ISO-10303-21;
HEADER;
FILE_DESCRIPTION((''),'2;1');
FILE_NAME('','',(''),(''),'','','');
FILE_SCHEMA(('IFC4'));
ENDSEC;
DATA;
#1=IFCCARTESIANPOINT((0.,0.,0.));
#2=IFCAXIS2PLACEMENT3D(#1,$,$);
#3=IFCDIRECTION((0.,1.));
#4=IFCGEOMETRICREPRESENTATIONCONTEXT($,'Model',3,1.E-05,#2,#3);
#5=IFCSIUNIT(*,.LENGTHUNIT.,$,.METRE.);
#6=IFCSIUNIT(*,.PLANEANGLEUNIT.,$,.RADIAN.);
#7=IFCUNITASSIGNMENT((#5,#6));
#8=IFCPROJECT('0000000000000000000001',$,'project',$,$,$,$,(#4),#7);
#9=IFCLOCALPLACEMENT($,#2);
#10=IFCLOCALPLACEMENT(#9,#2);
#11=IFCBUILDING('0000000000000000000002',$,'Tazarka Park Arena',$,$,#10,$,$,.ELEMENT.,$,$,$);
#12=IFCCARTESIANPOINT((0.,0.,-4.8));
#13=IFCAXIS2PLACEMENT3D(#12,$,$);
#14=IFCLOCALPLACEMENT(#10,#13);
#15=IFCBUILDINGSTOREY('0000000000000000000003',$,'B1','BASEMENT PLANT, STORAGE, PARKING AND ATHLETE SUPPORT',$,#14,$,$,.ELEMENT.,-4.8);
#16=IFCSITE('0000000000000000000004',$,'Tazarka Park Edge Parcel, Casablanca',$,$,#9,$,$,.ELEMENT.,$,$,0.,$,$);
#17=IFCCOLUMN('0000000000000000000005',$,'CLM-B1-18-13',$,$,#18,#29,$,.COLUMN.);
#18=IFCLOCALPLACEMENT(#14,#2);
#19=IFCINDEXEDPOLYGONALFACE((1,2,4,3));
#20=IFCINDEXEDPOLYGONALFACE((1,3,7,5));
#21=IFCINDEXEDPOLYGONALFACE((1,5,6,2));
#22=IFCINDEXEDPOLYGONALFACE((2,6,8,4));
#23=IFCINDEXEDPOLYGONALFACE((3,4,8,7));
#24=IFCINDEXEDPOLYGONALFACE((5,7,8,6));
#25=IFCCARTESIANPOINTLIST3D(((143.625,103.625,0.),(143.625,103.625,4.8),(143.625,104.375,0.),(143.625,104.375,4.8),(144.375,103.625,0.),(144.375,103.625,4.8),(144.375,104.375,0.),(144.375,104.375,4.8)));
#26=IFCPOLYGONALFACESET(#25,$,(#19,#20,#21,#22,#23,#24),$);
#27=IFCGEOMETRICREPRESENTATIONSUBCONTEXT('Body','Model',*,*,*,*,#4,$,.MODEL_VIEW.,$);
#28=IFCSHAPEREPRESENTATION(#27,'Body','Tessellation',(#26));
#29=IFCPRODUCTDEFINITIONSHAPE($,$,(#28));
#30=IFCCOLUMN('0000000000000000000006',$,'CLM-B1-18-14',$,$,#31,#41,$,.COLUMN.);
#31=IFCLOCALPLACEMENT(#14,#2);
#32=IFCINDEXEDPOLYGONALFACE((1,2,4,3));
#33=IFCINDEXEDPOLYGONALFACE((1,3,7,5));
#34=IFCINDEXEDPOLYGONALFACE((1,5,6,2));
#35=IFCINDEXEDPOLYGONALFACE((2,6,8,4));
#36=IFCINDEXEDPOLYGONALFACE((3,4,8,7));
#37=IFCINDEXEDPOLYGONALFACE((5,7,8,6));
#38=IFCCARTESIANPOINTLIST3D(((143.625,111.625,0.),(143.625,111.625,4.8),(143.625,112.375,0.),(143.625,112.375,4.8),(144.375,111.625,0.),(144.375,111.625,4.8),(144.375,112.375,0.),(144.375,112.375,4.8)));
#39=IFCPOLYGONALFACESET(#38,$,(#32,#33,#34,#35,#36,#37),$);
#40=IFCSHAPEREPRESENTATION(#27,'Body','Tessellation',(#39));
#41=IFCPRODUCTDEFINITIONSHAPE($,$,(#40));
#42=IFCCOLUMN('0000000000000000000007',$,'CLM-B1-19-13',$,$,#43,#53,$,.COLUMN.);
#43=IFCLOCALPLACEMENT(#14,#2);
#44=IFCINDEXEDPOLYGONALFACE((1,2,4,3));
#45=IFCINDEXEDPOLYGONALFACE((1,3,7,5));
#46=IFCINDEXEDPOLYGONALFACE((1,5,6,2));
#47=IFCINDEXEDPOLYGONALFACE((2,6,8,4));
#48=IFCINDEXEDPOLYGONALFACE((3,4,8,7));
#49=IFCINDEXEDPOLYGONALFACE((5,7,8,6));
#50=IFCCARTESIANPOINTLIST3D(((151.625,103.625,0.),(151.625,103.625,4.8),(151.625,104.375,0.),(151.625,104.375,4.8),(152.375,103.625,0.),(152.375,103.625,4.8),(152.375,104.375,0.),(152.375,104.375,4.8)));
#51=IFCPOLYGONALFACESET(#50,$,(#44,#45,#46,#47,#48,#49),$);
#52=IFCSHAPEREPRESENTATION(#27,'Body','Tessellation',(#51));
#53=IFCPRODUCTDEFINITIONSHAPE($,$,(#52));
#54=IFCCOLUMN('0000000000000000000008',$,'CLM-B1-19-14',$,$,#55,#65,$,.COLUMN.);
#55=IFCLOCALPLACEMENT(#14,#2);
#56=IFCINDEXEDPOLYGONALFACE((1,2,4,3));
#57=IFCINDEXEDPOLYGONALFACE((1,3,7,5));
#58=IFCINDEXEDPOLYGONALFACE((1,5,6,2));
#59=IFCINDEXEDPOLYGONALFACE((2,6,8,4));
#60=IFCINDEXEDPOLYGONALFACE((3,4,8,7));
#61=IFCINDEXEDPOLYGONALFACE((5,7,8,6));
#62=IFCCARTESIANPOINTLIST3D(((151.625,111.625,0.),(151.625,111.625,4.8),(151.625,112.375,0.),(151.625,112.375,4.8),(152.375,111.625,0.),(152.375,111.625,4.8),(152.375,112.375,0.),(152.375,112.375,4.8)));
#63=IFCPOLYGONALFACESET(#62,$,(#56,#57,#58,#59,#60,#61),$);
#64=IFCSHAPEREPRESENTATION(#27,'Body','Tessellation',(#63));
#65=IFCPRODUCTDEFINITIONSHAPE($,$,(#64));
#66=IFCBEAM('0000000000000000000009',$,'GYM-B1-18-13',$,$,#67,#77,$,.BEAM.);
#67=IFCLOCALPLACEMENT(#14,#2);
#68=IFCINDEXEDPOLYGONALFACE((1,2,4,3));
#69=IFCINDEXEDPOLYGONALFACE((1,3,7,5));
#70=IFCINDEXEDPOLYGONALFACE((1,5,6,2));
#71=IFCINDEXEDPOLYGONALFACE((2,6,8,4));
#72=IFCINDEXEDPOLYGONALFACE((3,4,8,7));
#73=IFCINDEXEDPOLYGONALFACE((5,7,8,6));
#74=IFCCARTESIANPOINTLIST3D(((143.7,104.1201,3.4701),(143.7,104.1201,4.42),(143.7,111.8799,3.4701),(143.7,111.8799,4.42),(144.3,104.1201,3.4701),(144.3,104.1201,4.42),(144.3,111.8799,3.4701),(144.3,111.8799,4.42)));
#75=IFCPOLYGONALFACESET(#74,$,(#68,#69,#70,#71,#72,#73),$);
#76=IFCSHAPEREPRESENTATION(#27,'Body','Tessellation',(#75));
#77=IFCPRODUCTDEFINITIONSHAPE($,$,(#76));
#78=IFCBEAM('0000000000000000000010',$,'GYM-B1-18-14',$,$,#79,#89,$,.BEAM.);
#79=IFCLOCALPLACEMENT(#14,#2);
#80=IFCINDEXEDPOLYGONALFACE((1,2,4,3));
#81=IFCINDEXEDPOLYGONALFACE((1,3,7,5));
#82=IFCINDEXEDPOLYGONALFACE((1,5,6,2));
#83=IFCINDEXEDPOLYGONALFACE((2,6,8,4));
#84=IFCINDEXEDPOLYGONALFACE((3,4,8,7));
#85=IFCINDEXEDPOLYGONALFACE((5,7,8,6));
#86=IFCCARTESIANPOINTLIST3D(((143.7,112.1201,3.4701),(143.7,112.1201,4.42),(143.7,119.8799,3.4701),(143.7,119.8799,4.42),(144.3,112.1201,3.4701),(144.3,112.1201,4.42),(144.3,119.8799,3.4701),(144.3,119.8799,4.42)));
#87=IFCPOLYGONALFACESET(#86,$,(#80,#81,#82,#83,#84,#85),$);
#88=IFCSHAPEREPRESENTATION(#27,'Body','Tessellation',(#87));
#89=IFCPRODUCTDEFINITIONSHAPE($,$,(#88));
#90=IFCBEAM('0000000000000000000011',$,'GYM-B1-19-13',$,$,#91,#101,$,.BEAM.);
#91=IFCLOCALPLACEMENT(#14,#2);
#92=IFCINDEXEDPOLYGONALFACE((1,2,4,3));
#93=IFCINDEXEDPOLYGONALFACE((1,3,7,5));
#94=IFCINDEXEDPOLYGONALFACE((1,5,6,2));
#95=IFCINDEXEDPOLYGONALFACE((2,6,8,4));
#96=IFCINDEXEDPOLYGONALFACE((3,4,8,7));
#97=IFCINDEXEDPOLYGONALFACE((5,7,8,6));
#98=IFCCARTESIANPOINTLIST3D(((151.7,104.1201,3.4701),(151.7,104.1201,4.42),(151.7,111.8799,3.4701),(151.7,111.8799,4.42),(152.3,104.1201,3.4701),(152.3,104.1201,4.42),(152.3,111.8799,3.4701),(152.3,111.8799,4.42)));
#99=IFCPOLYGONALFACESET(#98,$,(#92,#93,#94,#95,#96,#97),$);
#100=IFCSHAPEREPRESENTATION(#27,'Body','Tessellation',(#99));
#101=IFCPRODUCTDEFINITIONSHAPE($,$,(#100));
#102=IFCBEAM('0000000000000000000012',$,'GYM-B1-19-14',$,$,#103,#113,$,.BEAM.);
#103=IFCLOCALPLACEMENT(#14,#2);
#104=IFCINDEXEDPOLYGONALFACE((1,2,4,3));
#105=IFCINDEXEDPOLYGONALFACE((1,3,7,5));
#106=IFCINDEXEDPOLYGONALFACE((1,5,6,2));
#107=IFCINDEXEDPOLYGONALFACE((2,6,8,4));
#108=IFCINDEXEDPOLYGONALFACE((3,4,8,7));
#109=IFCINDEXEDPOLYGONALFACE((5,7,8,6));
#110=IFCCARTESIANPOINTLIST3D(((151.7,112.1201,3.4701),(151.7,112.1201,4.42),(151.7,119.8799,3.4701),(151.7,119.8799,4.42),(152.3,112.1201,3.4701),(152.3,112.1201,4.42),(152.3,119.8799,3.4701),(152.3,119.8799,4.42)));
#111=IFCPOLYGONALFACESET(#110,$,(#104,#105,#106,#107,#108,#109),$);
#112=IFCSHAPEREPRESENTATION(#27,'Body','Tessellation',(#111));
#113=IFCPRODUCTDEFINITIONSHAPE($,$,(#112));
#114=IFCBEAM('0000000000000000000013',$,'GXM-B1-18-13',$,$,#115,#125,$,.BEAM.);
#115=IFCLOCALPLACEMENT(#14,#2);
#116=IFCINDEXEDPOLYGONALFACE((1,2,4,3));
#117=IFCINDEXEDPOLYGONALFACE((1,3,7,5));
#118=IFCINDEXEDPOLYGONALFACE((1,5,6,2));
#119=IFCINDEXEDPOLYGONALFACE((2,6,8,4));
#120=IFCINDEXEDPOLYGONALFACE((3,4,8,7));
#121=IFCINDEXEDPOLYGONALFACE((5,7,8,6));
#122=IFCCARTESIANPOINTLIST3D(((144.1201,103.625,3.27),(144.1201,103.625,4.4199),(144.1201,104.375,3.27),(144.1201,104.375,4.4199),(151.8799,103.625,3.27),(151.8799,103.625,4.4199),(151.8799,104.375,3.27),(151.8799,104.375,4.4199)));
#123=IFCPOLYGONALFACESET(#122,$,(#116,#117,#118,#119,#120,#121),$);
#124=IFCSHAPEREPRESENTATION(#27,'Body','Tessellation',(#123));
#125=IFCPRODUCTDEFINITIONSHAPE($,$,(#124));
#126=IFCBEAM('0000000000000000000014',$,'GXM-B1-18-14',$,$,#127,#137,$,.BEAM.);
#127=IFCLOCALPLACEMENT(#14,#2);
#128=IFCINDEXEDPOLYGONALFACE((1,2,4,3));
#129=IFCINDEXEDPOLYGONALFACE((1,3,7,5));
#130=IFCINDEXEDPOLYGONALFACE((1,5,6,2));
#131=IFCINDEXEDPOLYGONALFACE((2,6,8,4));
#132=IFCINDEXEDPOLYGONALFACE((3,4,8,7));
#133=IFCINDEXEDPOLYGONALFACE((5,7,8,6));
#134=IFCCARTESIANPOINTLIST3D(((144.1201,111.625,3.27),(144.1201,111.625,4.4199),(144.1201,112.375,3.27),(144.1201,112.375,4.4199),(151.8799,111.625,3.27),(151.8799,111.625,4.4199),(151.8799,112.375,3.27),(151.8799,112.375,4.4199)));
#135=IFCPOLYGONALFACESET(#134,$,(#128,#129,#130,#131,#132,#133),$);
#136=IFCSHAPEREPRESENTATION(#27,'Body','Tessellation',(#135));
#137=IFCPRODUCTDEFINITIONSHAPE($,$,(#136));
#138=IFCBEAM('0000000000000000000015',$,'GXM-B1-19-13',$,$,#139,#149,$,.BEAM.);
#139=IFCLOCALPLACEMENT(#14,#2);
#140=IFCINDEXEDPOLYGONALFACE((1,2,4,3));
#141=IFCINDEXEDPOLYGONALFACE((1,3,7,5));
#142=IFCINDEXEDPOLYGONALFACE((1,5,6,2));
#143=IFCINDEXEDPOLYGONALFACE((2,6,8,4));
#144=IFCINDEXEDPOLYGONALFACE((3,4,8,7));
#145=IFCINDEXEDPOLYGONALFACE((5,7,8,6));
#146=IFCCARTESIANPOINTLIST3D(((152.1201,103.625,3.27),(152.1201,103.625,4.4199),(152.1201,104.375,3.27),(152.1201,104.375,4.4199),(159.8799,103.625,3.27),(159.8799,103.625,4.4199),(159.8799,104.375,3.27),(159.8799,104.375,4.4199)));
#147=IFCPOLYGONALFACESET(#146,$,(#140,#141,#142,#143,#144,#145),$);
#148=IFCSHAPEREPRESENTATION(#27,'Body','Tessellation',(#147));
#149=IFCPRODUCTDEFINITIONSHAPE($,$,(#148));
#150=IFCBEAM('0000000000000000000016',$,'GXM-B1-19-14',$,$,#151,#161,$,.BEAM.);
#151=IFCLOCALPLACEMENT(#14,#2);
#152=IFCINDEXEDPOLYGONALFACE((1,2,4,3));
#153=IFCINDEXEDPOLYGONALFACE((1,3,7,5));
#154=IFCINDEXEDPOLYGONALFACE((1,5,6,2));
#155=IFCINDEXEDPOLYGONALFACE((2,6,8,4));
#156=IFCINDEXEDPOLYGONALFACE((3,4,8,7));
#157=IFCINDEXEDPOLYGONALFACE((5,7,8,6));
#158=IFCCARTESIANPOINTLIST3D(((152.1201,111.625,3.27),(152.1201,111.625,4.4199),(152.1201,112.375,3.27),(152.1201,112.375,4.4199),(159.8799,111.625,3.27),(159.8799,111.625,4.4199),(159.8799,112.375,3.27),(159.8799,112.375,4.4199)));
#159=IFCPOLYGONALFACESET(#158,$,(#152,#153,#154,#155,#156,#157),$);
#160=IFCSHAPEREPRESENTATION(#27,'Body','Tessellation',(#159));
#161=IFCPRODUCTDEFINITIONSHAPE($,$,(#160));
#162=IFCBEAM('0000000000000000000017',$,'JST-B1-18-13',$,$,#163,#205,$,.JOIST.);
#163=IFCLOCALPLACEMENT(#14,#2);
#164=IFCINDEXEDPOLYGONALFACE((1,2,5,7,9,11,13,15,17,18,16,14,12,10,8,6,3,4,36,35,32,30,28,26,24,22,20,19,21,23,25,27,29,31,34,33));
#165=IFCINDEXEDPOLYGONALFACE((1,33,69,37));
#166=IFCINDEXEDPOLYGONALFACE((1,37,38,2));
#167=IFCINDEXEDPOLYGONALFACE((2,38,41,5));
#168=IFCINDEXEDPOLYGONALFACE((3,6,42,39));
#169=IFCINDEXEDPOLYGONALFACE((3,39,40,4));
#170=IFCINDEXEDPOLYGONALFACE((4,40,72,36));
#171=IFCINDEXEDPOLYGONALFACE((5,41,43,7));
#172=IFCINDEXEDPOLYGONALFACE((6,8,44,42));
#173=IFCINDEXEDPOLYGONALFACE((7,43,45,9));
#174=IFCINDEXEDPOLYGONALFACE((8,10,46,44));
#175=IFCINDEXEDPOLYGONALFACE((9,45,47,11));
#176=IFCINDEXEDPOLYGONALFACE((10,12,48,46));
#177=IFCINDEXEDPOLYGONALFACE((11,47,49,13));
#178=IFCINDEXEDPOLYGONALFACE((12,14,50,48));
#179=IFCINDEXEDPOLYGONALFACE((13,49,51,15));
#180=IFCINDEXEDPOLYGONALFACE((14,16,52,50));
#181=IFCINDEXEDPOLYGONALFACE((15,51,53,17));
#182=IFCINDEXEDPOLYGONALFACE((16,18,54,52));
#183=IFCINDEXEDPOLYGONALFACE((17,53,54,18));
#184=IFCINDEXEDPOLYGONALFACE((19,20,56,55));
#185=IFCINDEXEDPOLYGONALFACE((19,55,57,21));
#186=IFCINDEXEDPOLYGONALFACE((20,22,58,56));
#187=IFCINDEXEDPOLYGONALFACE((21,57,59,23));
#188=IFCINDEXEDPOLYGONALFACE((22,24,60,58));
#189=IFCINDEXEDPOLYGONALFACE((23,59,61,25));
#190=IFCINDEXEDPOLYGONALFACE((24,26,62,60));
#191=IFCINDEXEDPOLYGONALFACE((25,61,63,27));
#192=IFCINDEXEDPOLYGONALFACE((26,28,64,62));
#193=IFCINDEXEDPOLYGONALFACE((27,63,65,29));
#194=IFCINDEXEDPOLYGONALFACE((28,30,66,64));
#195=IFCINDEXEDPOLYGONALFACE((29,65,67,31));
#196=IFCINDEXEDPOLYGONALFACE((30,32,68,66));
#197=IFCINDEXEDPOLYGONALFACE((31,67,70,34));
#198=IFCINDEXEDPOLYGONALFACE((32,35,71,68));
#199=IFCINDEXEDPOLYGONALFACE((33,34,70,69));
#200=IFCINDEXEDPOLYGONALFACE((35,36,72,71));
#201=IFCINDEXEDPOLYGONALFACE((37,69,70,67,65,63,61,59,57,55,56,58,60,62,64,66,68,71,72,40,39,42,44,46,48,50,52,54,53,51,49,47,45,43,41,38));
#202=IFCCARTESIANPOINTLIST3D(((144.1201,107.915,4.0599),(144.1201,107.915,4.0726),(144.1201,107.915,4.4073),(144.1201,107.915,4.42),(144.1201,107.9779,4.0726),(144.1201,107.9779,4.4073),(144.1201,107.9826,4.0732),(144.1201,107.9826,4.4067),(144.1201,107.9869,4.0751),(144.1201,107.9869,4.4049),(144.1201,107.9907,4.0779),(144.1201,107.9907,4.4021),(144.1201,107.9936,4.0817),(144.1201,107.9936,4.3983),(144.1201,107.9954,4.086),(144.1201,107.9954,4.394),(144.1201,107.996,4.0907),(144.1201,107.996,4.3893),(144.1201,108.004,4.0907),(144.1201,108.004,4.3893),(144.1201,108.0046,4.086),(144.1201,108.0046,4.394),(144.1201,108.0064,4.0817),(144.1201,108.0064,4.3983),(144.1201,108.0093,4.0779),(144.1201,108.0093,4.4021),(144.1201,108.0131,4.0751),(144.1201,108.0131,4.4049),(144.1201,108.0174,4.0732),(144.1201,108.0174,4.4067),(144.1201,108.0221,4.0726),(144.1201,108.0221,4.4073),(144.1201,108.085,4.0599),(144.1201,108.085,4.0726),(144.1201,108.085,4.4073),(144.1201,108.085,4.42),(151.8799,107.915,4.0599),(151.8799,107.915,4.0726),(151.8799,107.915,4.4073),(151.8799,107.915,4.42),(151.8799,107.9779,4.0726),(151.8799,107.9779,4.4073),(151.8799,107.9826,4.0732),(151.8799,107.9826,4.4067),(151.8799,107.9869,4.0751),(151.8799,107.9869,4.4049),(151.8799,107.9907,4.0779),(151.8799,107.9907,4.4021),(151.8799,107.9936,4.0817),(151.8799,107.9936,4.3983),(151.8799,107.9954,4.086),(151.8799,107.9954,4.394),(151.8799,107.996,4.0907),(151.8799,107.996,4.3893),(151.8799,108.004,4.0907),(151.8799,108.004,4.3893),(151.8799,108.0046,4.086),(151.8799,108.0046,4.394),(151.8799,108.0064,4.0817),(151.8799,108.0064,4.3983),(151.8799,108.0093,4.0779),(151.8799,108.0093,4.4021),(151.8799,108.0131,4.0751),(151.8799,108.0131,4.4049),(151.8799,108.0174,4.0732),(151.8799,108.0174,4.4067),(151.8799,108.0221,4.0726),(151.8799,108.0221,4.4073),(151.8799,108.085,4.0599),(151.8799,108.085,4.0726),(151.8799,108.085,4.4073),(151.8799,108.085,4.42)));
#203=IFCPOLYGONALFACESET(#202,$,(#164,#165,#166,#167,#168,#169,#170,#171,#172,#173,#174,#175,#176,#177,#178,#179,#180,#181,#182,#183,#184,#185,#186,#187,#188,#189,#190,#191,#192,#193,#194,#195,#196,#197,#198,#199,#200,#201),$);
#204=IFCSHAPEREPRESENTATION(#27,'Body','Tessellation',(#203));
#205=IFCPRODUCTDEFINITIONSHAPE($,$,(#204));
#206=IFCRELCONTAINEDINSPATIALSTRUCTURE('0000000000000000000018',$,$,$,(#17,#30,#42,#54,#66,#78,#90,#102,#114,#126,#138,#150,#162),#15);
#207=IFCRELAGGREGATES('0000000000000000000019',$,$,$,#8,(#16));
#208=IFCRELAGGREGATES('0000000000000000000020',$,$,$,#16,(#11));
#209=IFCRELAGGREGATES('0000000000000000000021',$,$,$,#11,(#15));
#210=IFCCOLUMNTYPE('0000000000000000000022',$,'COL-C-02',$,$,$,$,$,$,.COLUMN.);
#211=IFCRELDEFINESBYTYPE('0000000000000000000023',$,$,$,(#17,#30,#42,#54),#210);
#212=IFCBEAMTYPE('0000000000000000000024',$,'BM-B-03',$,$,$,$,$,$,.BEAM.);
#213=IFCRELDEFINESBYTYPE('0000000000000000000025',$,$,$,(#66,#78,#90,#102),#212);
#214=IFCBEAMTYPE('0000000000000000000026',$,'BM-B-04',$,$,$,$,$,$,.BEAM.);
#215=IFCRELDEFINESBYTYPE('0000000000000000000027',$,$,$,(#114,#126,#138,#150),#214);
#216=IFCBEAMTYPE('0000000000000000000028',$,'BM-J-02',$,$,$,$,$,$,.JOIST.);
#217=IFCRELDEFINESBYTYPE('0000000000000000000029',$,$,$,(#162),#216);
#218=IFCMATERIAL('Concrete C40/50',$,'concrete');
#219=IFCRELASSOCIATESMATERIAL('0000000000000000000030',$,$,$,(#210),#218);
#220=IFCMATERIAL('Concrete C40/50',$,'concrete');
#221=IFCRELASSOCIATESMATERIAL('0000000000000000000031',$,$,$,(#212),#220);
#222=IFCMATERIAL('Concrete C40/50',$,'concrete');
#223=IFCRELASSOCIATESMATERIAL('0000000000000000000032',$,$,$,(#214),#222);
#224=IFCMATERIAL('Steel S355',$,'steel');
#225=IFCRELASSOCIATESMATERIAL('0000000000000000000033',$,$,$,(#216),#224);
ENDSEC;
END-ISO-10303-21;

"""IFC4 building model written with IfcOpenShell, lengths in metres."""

from ifc_helpers import new_model, si_unit, direction, frame, origin, origin_2d, place, context, subcontext, project, spatial, rectangle, i_section, extrude, material, material_profile, profile_set, type_object, element, save


model = new_model("IFC4")

# Units and contexts
model_context = context("Model", 3, precision=1e-05, world=origin(), true_north=direction((0.0, 1.0)))
body_context = subcontext(model_context, "Body", "Model", "MODEL_VIEW")
ifc_project = project(units=[si_unit("LENGTHUNIT", "METRE"), si_unit("PLANEANGLEUNIT", "RADIAN")], contexts=[model_context])

# Site, building, storey
site_placement = place(None, origin())
site = spatial("IfcSite", under=ifc_project, at=site_placement, Name="Tazarka Park Edge Parcel, Casablanca", CompositionType="ELEMENT", RefElevation=0.0)
building_placement = place(site_placement, origin())
building = spatial("IfcBuilding", under=site, at=building_placement, Name="Tazarka Park Arena", CompositionType="ELEMENT")
storey_placement = place(building_placement, frame((0.0, 0.0, -4.8)))
storey = spatial("IfcBuildingStorey", under=building, at=storey_placement, Name="B1", Description="BASEMENT PLANT, STORAGE, PARKING AND ATHLETE SUPPORT", CompositionType="ELEMENT", Elevation=-4.8)

# Columns
ifc_material_1 = material(Name="Concrete C40/50", Category="concrete")
ifc_material_profile_1 = material_profile(ifc_material_1, rectangle(XDim=0.75, YDim=0.75, at=origin_2d()), Name="Concrete C40/50")
ifc_profile_set_1 = profile_set([ifc_material_profile_1], Name="Concrete C40/50")
column_type = type_object("IfcColumnType", Name="COL-C-02", PredefinedType="COLUMN", material=ifc_profile_set_1)
for number, where, z_axis, x_axis, name in (
    (1, (144.0, 104.0, 0.0), (0.0, 0.0, 1.0), (1.0, 0.0, 0.0), "CLM-B1-18-13"),
    (2, (144.0, 112.0, 0.0), (0.0, 0.0, 1.0), (1.0, 0.0, 0.0), "CLM-B1-18-14"),
    (3, (152.0, 104.0, 0.0), (0.0, 0.0, 1.0), (1.0, 0.0, 0.0), "CLM-B1-19-13"),
    (4, (152.0, 112.0, 0.0), (0.0, 0.0, 1.0), (1.0, 0.0, 0.0), "CLM-B1-19-14"),
):
    element("IfcColumn", number, at=place(storey_placement, frame(where, z_axis=z_axis, x_axis=x_axis)), inside=storey, type_object=column_type, Name=name, PredefinedType="COLUMN", context=body_context, shape_type="SweptSolid", body=[
        extrude(rectangle(XDim=0.75, YDim=0.75, at=origin_2d()), origin(), (0.0, 0.0, 1.0), 4.8),
    ])

# Beams
ifc_material_2 = material(Name="Concrete C40/50", Category="concrete")
ifc_material_profile_2 = material_profile(ifc_material_2, rectangle(XDim=0.6001, YDim=0.95, at=origin_2d()), Name="Concrete C40/50")
ifc_profile_set_2 = profile_set([ifc_material_profile_2], Name="Concrete C40/50")
beam_type_1 = type_object("IfcBeamType", Name="BM-B-03", PredefinedType="BEAM", material=ifc_profile_set_2)
for number, where, z_axis, x_axis, name in (
    (5, (144.0, 104.1201, 3.9451), (0.0, 1.0, 0.0), (-1.0, 0.0, 0.0), "GYM-B1-18-13"),
    (6, (144.0, 112.1201, 3.9451), (0.0, 1.0, 0.0), (-1.0, 0.0, 0.0), "GYM-B1-18-14"),
    (7, (152.0, 104.1201, 3.9451), (0.0, 1.0, 0.0), (-1.0, 0.0, 0.0), "GYM-B1-19-13"),
    (8, (152.0, 112.1201, 3.9451), (0.0, 1.0, 0.0), (-1.0, 0.0, 0.0), "GYM-B1-19-14"),
):
    element("IfcBeam", number, at=place(storey_placement, frame(where, z_axis=z_axis, x_axis=x_axis)), inside=storey, type_object=beam_type_1, Name=name, PredefinedType="BEAM", context=body_context, shape_type="SweptSolid", body=[
        extrude(rectangle(XDim=0.6001, YDim=0.95, at=origin_2d()), origin(), (0.0, 0.0, 1.0), 7.7598),
    ])
ifc_material_3 = material(Name="Concrete C40/50", Category="concrete")
ifc_material_profile_3 = material_profile(ifc_material_3, rectangle(XDim=0.75, YDim=1.1499, at=origin_2d()), Name="Concrete C40/50")
ifc_profile_set_3 = profile_set([ifc_material_profile_3], Name="Concrete C40/50")
beam_type_2 = type_object("IfcBeamType", Name="BM-B-04", PredefinedType="BEAM", material=ifc_profile_set_3)
for number, where, z_axis, x_axis, name in (
    (9, (144.1201, 104.0, 3.845), (1.0, 0.0, 0.0), (0.0, 1.0, 0.0), "GXM-B1-18-13"),
    (10, (144.1201, 112.0, 3.845), (1.0, 0.0, 0.0), (0.0, 1.0, 0.0), "GXM-B1-18-14"),
    (11, (152.1201, 104.0, 3.845), (1.0, 0.0, 0.0), (0.0, 1.0, 0.0), "GXM-B1-19-13"),
    (12, (152.1201, 112.0, 3.845), (1.0, 0.0, 0.0), (0.0, 1.0, 0.0), "GXM-B1-19-14"),
):
    element("IfcBeam", number, at=place(storey_placement, frame(where, z_axis=z_axis, x_axis=x_axis)), inside=storey, type_object=beam_type_2, Name=name, PredefinedType="BEAM", context=body_context, shape_type="SweptSolid", body=[
        extrude(rectangle(XDim=0.75, YDim=1.1499, at=origin_2d()), origin(), (0.0, 0.0, 1.0), 7.7598),
    ])
ifc_material_4 = material(Name="Steel S355", Category="steel")
ifc_material_profile_4 = material_profile(ifc_material_4, i_section(OverallWidth=0.1699, OverallDepth=0.3601, WebThickness=0.0081, FlangeThickness=0.0127, FilletRadius=0.0181, at=origin_2d()), Name="Steel S355")
ifc_profile_set_4 = profile_set([ifc_material_profile_4], Name="Steel S355")
beam_type_3 = type_object("IfcBeamType", Name="BM-J-02", PredefinedType="JOIST", material=ifc_profile_set_4)
beam_1_placement = place(storey_placement, frame((144.1201, 108.0, 4.24), z_axis=(1.0, 0.0, 0.0), x_axis=(0.0, 1.0, 0.0)))
element("IfcBeam", 13, at=beam_1_placement, inside=storey, type_object=beam_type_3, Name="JST-B1-18-13", PredefinedType="JOIST", context=body_context, shape_type="SweptSolid", body=[
    extrude(i_section(OverallWidth=0.1699, OverallDepth=0.3601, WebThickness=0.0081, FlangeThickness=0.0127, FilletRadius=0.0181, at=origin_2d()), origin(), (0.0, 0.0, 1.0), 7.7598),
])

save(model, "model.ifc")
